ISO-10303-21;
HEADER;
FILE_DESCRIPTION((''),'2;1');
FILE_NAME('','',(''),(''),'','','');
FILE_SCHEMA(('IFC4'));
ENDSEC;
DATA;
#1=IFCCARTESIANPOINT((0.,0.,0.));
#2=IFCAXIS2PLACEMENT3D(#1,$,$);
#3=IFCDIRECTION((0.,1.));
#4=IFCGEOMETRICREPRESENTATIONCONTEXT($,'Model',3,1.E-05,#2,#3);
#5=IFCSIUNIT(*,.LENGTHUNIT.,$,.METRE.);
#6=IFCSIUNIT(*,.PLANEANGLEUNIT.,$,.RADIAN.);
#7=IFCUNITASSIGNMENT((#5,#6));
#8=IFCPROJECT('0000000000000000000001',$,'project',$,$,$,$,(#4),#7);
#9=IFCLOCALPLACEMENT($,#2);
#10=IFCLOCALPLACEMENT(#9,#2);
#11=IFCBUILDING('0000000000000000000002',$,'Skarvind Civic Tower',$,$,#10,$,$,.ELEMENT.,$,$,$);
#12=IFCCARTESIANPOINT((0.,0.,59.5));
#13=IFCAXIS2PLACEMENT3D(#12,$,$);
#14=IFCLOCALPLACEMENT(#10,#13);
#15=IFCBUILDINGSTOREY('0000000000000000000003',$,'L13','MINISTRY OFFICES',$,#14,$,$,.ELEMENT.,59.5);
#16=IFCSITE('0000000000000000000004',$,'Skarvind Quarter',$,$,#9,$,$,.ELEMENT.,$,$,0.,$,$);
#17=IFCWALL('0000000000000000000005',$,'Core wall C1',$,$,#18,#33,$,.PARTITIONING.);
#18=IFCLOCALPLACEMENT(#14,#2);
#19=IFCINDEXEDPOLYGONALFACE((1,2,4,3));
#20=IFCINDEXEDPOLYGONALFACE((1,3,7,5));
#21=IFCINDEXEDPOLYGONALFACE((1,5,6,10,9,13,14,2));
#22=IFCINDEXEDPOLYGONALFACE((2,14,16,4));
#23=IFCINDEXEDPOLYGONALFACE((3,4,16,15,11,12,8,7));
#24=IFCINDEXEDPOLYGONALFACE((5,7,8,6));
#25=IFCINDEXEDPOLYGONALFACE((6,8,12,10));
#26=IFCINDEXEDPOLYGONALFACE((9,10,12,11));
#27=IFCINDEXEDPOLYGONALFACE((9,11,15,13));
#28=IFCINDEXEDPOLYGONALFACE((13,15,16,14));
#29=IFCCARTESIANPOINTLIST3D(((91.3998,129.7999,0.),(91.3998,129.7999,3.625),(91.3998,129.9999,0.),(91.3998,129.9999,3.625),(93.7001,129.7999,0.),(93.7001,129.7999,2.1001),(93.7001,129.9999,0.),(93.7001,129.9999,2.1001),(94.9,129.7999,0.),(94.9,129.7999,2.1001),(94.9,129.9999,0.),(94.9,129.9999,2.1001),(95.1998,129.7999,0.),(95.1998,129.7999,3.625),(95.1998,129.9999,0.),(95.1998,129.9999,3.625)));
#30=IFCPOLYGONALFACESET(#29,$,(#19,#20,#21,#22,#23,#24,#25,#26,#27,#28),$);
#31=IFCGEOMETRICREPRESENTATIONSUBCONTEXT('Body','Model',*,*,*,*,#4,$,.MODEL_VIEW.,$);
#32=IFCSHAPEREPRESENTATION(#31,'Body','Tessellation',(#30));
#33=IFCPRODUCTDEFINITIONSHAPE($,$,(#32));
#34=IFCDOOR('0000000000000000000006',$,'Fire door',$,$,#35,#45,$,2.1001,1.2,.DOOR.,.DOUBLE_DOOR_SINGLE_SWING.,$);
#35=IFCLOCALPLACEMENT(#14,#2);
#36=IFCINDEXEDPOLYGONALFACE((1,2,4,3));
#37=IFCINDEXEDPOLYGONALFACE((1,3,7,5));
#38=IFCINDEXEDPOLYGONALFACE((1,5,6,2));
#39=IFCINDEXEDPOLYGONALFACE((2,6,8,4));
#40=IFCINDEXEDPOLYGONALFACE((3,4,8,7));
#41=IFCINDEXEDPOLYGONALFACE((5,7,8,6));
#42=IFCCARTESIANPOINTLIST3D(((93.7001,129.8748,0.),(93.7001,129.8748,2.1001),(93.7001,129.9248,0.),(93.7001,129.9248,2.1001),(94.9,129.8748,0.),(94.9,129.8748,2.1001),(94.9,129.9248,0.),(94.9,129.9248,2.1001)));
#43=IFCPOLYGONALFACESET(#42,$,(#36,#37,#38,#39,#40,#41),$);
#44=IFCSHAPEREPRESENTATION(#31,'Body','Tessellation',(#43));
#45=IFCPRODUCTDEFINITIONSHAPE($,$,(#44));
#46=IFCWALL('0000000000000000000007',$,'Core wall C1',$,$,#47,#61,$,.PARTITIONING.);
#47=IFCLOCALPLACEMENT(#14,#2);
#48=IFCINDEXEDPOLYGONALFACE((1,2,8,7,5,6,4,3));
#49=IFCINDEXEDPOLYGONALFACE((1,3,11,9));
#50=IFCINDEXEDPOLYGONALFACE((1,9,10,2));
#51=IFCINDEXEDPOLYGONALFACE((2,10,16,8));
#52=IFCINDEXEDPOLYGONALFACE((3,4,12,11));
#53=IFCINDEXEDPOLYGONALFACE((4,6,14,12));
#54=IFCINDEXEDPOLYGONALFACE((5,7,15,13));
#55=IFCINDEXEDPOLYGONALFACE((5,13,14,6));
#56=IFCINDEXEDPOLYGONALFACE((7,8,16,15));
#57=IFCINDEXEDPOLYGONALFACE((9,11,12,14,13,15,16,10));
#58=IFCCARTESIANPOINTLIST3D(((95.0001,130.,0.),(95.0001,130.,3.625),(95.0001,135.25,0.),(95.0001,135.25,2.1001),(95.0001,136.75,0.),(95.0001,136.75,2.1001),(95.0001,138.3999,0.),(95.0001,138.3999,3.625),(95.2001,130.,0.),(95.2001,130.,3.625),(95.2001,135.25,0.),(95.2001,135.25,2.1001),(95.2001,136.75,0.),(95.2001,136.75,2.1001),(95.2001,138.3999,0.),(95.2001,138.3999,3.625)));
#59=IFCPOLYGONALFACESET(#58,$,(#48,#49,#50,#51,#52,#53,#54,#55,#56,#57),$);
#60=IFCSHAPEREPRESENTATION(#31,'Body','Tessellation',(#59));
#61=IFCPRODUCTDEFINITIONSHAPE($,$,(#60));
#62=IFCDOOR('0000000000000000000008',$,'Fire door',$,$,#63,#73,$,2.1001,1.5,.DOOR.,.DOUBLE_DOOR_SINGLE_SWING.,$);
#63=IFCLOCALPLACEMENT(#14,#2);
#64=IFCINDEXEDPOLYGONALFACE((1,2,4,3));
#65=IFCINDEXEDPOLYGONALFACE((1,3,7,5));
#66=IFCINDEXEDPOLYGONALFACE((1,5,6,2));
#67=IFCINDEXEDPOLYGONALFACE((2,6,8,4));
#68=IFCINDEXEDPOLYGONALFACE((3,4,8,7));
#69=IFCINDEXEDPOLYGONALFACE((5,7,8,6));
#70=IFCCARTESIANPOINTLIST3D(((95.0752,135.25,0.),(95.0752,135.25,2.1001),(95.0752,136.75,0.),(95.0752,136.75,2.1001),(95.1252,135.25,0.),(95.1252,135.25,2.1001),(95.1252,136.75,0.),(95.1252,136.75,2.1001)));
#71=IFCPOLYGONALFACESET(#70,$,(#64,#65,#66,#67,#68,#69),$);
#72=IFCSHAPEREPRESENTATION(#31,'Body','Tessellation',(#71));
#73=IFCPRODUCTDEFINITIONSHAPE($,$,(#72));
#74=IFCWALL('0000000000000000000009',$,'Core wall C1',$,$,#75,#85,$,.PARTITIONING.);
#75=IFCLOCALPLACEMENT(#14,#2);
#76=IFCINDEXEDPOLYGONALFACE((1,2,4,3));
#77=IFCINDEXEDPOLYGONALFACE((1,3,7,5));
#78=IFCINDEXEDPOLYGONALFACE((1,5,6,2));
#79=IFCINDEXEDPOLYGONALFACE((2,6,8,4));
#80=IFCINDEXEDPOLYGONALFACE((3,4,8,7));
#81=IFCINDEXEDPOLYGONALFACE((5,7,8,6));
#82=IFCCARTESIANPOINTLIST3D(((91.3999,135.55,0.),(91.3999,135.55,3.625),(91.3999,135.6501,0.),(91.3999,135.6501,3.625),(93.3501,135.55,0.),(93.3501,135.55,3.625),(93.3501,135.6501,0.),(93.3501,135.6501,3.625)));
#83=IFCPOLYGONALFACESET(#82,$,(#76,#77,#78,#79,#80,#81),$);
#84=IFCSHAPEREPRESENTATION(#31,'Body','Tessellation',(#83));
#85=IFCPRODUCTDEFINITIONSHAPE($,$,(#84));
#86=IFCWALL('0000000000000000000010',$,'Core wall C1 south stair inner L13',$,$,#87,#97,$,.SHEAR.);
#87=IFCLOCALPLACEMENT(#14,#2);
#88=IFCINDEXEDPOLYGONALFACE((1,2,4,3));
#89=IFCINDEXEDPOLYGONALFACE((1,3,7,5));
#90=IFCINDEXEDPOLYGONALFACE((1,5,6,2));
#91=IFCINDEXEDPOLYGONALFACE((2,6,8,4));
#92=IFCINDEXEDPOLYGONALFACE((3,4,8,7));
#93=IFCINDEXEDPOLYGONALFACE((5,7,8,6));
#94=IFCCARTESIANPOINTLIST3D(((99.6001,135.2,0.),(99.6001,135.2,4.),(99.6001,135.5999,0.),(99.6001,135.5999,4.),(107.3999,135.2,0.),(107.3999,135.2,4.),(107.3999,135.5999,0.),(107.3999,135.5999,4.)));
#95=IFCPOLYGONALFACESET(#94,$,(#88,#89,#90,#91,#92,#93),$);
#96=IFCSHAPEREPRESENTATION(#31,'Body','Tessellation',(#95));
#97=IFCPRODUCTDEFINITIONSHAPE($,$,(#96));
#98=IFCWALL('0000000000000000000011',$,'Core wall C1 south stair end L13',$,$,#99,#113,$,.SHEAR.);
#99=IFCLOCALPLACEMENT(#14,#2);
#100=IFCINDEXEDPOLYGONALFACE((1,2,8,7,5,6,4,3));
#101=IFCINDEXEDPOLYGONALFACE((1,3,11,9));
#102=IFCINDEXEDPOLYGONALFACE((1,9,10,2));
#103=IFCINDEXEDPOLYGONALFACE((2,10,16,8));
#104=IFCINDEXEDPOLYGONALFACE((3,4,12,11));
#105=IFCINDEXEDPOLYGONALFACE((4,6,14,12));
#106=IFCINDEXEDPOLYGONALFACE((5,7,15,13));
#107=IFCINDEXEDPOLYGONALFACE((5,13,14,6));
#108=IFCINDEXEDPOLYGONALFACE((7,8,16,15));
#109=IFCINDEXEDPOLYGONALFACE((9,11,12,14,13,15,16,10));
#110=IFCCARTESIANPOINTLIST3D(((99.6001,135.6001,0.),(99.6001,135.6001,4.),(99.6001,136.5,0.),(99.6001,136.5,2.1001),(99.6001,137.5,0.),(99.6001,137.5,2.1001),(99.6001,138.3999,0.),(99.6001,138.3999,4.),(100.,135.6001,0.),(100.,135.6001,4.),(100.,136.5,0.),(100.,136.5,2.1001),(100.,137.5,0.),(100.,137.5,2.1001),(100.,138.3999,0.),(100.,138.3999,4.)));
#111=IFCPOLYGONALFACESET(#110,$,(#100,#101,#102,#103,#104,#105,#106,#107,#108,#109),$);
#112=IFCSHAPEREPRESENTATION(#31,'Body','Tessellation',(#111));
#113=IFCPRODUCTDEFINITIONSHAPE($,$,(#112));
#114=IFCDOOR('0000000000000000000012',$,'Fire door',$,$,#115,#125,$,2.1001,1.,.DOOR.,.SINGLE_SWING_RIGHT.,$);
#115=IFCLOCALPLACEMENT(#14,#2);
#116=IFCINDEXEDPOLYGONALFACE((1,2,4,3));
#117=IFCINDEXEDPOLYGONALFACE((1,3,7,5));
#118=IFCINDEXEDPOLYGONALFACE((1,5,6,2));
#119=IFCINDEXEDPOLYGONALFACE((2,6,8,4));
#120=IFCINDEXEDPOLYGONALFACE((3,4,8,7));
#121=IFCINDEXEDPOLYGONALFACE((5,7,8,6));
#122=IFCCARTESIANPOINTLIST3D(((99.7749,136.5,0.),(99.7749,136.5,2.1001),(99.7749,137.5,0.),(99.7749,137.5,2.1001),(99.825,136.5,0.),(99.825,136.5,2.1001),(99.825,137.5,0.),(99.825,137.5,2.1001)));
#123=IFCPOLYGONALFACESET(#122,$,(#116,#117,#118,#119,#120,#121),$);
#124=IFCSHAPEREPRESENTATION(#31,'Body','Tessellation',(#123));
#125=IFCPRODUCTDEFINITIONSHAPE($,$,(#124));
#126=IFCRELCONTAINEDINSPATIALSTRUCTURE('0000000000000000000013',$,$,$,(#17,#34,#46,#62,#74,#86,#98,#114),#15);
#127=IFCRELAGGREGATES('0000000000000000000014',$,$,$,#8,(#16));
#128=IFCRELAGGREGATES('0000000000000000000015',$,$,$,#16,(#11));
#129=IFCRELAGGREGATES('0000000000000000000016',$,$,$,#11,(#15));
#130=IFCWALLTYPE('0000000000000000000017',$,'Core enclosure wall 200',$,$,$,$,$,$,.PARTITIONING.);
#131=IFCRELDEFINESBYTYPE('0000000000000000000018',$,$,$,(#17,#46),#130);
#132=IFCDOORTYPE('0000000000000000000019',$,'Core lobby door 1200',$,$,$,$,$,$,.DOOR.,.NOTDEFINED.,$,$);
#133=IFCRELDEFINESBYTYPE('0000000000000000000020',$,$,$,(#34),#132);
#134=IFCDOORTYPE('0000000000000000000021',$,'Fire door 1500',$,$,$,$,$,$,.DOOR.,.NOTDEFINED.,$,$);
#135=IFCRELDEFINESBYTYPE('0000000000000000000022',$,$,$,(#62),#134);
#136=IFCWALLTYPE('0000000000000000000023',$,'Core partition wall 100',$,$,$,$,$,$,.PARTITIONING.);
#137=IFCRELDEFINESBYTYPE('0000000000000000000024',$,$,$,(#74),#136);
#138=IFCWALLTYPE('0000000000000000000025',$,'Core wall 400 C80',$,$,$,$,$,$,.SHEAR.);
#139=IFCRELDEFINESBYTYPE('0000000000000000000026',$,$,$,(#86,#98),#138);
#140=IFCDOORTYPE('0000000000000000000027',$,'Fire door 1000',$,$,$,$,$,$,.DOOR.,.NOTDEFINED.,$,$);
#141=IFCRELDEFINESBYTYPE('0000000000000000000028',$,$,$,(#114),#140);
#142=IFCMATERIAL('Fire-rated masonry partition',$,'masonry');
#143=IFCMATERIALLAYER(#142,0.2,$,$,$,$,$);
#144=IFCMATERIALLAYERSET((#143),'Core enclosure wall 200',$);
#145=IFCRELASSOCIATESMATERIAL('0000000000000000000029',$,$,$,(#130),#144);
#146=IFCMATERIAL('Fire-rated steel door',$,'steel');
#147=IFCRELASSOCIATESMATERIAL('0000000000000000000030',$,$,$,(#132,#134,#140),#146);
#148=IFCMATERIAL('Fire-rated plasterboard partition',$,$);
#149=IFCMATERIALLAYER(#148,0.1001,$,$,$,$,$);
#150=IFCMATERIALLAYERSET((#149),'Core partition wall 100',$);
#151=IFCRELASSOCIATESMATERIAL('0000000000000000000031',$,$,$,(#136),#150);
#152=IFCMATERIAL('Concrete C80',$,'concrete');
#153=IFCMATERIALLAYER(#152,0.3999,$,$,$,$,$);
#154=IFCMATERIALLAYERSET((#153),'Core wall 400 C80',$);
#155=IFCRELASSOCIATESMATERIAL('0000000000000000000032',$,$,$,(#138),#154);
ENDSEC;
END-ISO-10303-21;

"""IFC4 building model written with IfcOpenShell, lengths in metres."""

from ifc_helpers import new_model, si_unit, direction, frame, frame_2d, origin, place, context, subcontext, project, spatial, rectangle, extrude, material, layer, layer_set, type_object, element, fill, save


model = new_model("IFC4")

# Units and contexts
model_context = context("Model", 3, precision=1e-05, world=origin(), true_north=direction((0.0, 1.0)))
body_context = subcontext(model_context, "Body", "Model", "MODEL_VIEW")
ifc_project = project(units=[si_unit("LENGTHUNIT", "METRE"), si_unit("PLANEANGLEUNIT", "RADIAN")], contexts=[model_context])

# Site, building, storey
site_placement = place(None, origin())
site = spatial("IfcSite", under=ifc_project, at=site_placement, Name="Skarvind Quarter", CompositionType="ELEMENT", RefElevation=0.0)
building_placement = place(site_placement, origin())
building = spatial("IfcBuilding", under=site, at=building_placement, Name="Skarvind Civic Tower", CompositionType="ELEMENT")
storey_placement = place(building_placement, frame((0.0, 0.0, 59.5)))
storey = spatial("IfcBuildingStorey", under=building, at=storey_placement, Name="L13", Description="MINISTRY OFFICES", CompositionType="ELEMENT", Elevation=59.5)

# Walls, openings, doors
ifc_material_1 = material(Name="Fire-rated masonry partition", Category="masonry")
ifc_layer_1 = layer(ifc_material_1, 0.2)
ifc_layer_set_1 = layer_set([ifc_layer_1], Name="Core enclosure wall 200")
wall_type_1 = type_object("IfcWallType", Name="Core enclosure wall 200", PredefinedType="PARTITIONING", material=ifc_layer_set_1)
wall_1_placement = place(storey_placement, frame((91.3999, 129.8999, 0.0), z_axis=(0.0, 0.0, 1.0), x_axis=(1.0, 0.0, 0.0)))
wall_1 = element("IfcWall", 1, at=wall_1_placement, inside=storey, type_object=wall_type_1, Name="Core wall C1", PredefinedType="PARTITIONING", context=body_context, shape_type="SweptSolid", body=[
    extrude(rectangle(XDim=3.8, YDim=0.2, at=frame_2d((1.8999, 0.0))), origin(), (0.0, 0.0, 1.0), 3.625),
])
opening_1_placement = place(wall_1_placement, frame((2.3, 0.0, 0.0)))
opening_1 = element("IfcOpeningElement", 2, at=opening_1_placement, cuts=wall_1, PredefinedType="OPENING", context=body_context, shape_type="SweptSolid", body=[
    extrude(rectangle(XDim=1.2, YDim=2.1001, at=frame_2d((0.6001, 1.05))), frame((0.0, 0.1099, 0.0), z_axis=(0.0, -1.0, 0.0), x_axis=(1.0, 0.0, 0.0)), (0.0, 0.0, 1.0), 0.22),
])
ifc_material_2 = material(Name="Fire-rated steel door", Category="steel")
door_type_1 = type_object("IfcDoorType", Name="Core lobby door 1200", OperationType="NOTDEFINED", PredefinedType="DOOR", material=ifc_material_2)
door_1_placement = place(opening_1_placement, origin())
door_1 = element("IfcDoor", 3, at=door_1_placement, inside=storey, type_object=door_type_1, Name="Fire door", OperationType="DOUBLE_DOOR_SINGLE_SWING", OverallHeight=2.1001, OverallWidth=1.2, PredefinedType="DOOR", context=body_context, shape_type="SweptSolid", body=[
    extrude(rectangle(XDim=1.2, YDim=2.1001, at=frame_2d((0.6001, 1.05))), frame((0.0, 0.0249, 0.0), z_axis=(0.0, -1.0, 0.0), x_axis=(1.0, 0.0, 0.0)), (0.0, 0.0, 1.0), 0.05),
])
fill(opening_1, door_1)
wall_2_placement = place(storey_placement, frame((95.1001, 130.0, 0.0), z_axis=(0.0, 0.0, 1.0), x_axis=(0.0, 1.0, 0.0)))
wall_2 = element("IfcWall", 4, at=wall_2_placement, inside=storey, type_object=wall_type_1, Name="Core wall C1", PredefinedType="PARTITIONING", context=body_context, shape_type="SweptSolid", body=[
    extrude(rectangle(XDim=8.3999, YDim=0.2, at=frame_2d((4.2, 0.0))), origin(), (0.0, 0.0, 1.0), 3.625),
])
opening_2_placement = place(wall_2_placement, frame((5.25, 0.0, 0.0)))
opening_2 = element("IfcOpeningElement", 5, at=opening_2_placement, cuts=wall_2, PredefinedType="OPENING", context=body_context, shape_type="SweptSolid", body=[
    extrude(rectangle(XDim=1.5, YDim=2.1001, at=frame_2d((0.75, 1.05))), frame((0.0, 0.1099, 0.0), z_axis=(0.0, -1.0, 0.0), x_axis=(1.0, 0.0, 0.0)), (0.0, 0.0, 1.0), 0.22),
])
door_type_2 = type_object("IfcDoorType", Name="Fire door 1500", OperationType="NOTDEFINED", PredefinedType="DOOR", material=ifc_material_2)
door_2_placement = place(opening_2_placement, origin())
door_2 = element("IfcDoor", 6, at=door_2_placement, inside=storey, type_object=door_type_2, Name="Fire door", OperationType="DOUBLE_DOOR_SINGLE_SWING", OverallHeight=2.1001, OverallWidth=1.5, PredefinedType="DOOR", context=body_context, shape_type="SweptSolid", body=[
    extrude(rectangle(XDim=1.5, YDim=2.1001, at=frame_2d((0.75, 1.05))), frame((0.0, 0.0249, 0.0), z_axis=(0.0, -1.0, 0.0), x_axis=(1.0, 0.0, 0.0)), (0.0, 0.0, 1.0), 0.05),
])
fill(opening_2, door_2)

# Walls
ifc_material_3 = material(Name="Fire-rated plasterboard partition")
ifc_layer_2 = layer(ifc_material_3, 0.1001)
ifc_layer_set_2 = layer_set([ifc_layer_2], Name="Core partition wall 100")
wall_type_2 = type_object("IfcWallType", Name="Core partition wall 100", PredefinedType="PARTITIONING", material=ifc_layer_set_2)
wall_3_placement = place(storey_placement, frame((91.3999, 135.6001, 0.0), z_axis=(0.0, 0.0, 1.0), x_axis=(1.0, 0.0, 0.0)))
element("IfcWall", 7, at=wall_3_placement, inside=storey, type_object=wall_type_2, Name="Core wall C1", PredefinedType="PARTITIONING", context=body_context, shape_type="SweptSolid", body=[
    extrude(rectangle(XDim=1.9502, YDim=0.1001, at=frame_2d((0.9751, 0.0))), origin(), (0.0, 0.0, 1.0), 3.625),
])
ifc_material_4 = material(Name="Concrete C80", Category="concrete")
ifc_layer_3 = layer(ifc_material_4, 0.3999)
ifc_layer_set_3 = layer_set([ifc_layer_3], Name="Core wall 400 C80")
wall_type_3 = type_object("IfcWallType", Name="Core wall 400 C80", PredefinedType="SHEAR", material=ifc_layer_set_3)
wall_4_placement = place(storey_placement, frame((107.3999, 135.3999, 0.0), z_axis=(0.0, 0.0, 1.0), x_axis=(-1.0, 0.0, 0.0)))
element("IfcWall", 8, at=wall_4_placement, inside=storey, type_object=wall_type_3, Name="Core wall C1 south stair inner L13", PredefinedType="SHEAR", context=body_context, shape_type="SweptSolid", body=[
    extrude(rectangle(XDim=7.7998, YDim=0.3999, at=frame_2d((3.8999, 0.0))), origin(), (0.0, 0.0, 1.0), 4.0),
])

# Wall, opening, door
wall_5_placement = place(storey_placement, frame((99.8, 138.3999, 0.0), z_axis=(0.0, 0.0, 1.0), x_axis=(0.0, -1.0, 0.0)))
wall_5 = element("IfcWall", 9, at=wall_5_placement, inside=storey, type_object=wall_type_3, Name="Core wall C1 south stair end L13", PredefinedType="SHEAR", context=body_context, shape_type="SweptSolid", body=[
    extrude(rectangle(XDim=2.7998, YDim=0.3999, at=frame_2d((1.3999, 0.0))), origin(), (0.0, 0.0, 1.0), 4.0),
])
opening_3_placement = place(wall_5_placement, frame((0.8999, 0.0, 0.0)))
opening_3 = element("IfcOpeningElement", 10, at=opening_3_placement, cuts=wall_5, PredefinedType="OPENING", context=body_context, shape_type="SweptSolid", body=[
    extrude(rectangle(XDim=1.0, YDim=2.1001, at=frame_2d((0.5, 1.05))), frame((0.0, 0.21, 0.0), z_axis=(0.0, -1.0, 0.0), x_axis=(1.0, 0.0, 0.0)), (0.0, 0.0, 1.0), 0.4199),
])
door_type_3 = type_object("IfcDoorType", Name="Fire door 1000", OperationType="NOTDEFINED", PredefinedType="DOOR", material=ifc_material_2)
door_3_placement = place(opening_3_placement, origin())
door_3 = element("IfcDoor", 11, at=door_3_placement, inside=storey, type_object=door_type_3, Name="Fire door", OperationType="SINGLE_SWING_RIGHT", OverallHeight=2.1001, OverallWidth=1.0, PredefinedType="DOOR", context=body_context, shape_type="SweptSolid", body=[
    extrude(rectangle(XDim=1.0, YDim=2.1001, at=frame_2d((0.5, 1.05))), frame((0.0, 0.0249, 0.0), z_axis=(0.0, -1.0, 0.0), x_axis=(1.0, 0.0, 0.0)), (0.0, 0.0, 1.0), 0.05),
])
fill(opening_3, door_3)

save(model, "model.ifc")
